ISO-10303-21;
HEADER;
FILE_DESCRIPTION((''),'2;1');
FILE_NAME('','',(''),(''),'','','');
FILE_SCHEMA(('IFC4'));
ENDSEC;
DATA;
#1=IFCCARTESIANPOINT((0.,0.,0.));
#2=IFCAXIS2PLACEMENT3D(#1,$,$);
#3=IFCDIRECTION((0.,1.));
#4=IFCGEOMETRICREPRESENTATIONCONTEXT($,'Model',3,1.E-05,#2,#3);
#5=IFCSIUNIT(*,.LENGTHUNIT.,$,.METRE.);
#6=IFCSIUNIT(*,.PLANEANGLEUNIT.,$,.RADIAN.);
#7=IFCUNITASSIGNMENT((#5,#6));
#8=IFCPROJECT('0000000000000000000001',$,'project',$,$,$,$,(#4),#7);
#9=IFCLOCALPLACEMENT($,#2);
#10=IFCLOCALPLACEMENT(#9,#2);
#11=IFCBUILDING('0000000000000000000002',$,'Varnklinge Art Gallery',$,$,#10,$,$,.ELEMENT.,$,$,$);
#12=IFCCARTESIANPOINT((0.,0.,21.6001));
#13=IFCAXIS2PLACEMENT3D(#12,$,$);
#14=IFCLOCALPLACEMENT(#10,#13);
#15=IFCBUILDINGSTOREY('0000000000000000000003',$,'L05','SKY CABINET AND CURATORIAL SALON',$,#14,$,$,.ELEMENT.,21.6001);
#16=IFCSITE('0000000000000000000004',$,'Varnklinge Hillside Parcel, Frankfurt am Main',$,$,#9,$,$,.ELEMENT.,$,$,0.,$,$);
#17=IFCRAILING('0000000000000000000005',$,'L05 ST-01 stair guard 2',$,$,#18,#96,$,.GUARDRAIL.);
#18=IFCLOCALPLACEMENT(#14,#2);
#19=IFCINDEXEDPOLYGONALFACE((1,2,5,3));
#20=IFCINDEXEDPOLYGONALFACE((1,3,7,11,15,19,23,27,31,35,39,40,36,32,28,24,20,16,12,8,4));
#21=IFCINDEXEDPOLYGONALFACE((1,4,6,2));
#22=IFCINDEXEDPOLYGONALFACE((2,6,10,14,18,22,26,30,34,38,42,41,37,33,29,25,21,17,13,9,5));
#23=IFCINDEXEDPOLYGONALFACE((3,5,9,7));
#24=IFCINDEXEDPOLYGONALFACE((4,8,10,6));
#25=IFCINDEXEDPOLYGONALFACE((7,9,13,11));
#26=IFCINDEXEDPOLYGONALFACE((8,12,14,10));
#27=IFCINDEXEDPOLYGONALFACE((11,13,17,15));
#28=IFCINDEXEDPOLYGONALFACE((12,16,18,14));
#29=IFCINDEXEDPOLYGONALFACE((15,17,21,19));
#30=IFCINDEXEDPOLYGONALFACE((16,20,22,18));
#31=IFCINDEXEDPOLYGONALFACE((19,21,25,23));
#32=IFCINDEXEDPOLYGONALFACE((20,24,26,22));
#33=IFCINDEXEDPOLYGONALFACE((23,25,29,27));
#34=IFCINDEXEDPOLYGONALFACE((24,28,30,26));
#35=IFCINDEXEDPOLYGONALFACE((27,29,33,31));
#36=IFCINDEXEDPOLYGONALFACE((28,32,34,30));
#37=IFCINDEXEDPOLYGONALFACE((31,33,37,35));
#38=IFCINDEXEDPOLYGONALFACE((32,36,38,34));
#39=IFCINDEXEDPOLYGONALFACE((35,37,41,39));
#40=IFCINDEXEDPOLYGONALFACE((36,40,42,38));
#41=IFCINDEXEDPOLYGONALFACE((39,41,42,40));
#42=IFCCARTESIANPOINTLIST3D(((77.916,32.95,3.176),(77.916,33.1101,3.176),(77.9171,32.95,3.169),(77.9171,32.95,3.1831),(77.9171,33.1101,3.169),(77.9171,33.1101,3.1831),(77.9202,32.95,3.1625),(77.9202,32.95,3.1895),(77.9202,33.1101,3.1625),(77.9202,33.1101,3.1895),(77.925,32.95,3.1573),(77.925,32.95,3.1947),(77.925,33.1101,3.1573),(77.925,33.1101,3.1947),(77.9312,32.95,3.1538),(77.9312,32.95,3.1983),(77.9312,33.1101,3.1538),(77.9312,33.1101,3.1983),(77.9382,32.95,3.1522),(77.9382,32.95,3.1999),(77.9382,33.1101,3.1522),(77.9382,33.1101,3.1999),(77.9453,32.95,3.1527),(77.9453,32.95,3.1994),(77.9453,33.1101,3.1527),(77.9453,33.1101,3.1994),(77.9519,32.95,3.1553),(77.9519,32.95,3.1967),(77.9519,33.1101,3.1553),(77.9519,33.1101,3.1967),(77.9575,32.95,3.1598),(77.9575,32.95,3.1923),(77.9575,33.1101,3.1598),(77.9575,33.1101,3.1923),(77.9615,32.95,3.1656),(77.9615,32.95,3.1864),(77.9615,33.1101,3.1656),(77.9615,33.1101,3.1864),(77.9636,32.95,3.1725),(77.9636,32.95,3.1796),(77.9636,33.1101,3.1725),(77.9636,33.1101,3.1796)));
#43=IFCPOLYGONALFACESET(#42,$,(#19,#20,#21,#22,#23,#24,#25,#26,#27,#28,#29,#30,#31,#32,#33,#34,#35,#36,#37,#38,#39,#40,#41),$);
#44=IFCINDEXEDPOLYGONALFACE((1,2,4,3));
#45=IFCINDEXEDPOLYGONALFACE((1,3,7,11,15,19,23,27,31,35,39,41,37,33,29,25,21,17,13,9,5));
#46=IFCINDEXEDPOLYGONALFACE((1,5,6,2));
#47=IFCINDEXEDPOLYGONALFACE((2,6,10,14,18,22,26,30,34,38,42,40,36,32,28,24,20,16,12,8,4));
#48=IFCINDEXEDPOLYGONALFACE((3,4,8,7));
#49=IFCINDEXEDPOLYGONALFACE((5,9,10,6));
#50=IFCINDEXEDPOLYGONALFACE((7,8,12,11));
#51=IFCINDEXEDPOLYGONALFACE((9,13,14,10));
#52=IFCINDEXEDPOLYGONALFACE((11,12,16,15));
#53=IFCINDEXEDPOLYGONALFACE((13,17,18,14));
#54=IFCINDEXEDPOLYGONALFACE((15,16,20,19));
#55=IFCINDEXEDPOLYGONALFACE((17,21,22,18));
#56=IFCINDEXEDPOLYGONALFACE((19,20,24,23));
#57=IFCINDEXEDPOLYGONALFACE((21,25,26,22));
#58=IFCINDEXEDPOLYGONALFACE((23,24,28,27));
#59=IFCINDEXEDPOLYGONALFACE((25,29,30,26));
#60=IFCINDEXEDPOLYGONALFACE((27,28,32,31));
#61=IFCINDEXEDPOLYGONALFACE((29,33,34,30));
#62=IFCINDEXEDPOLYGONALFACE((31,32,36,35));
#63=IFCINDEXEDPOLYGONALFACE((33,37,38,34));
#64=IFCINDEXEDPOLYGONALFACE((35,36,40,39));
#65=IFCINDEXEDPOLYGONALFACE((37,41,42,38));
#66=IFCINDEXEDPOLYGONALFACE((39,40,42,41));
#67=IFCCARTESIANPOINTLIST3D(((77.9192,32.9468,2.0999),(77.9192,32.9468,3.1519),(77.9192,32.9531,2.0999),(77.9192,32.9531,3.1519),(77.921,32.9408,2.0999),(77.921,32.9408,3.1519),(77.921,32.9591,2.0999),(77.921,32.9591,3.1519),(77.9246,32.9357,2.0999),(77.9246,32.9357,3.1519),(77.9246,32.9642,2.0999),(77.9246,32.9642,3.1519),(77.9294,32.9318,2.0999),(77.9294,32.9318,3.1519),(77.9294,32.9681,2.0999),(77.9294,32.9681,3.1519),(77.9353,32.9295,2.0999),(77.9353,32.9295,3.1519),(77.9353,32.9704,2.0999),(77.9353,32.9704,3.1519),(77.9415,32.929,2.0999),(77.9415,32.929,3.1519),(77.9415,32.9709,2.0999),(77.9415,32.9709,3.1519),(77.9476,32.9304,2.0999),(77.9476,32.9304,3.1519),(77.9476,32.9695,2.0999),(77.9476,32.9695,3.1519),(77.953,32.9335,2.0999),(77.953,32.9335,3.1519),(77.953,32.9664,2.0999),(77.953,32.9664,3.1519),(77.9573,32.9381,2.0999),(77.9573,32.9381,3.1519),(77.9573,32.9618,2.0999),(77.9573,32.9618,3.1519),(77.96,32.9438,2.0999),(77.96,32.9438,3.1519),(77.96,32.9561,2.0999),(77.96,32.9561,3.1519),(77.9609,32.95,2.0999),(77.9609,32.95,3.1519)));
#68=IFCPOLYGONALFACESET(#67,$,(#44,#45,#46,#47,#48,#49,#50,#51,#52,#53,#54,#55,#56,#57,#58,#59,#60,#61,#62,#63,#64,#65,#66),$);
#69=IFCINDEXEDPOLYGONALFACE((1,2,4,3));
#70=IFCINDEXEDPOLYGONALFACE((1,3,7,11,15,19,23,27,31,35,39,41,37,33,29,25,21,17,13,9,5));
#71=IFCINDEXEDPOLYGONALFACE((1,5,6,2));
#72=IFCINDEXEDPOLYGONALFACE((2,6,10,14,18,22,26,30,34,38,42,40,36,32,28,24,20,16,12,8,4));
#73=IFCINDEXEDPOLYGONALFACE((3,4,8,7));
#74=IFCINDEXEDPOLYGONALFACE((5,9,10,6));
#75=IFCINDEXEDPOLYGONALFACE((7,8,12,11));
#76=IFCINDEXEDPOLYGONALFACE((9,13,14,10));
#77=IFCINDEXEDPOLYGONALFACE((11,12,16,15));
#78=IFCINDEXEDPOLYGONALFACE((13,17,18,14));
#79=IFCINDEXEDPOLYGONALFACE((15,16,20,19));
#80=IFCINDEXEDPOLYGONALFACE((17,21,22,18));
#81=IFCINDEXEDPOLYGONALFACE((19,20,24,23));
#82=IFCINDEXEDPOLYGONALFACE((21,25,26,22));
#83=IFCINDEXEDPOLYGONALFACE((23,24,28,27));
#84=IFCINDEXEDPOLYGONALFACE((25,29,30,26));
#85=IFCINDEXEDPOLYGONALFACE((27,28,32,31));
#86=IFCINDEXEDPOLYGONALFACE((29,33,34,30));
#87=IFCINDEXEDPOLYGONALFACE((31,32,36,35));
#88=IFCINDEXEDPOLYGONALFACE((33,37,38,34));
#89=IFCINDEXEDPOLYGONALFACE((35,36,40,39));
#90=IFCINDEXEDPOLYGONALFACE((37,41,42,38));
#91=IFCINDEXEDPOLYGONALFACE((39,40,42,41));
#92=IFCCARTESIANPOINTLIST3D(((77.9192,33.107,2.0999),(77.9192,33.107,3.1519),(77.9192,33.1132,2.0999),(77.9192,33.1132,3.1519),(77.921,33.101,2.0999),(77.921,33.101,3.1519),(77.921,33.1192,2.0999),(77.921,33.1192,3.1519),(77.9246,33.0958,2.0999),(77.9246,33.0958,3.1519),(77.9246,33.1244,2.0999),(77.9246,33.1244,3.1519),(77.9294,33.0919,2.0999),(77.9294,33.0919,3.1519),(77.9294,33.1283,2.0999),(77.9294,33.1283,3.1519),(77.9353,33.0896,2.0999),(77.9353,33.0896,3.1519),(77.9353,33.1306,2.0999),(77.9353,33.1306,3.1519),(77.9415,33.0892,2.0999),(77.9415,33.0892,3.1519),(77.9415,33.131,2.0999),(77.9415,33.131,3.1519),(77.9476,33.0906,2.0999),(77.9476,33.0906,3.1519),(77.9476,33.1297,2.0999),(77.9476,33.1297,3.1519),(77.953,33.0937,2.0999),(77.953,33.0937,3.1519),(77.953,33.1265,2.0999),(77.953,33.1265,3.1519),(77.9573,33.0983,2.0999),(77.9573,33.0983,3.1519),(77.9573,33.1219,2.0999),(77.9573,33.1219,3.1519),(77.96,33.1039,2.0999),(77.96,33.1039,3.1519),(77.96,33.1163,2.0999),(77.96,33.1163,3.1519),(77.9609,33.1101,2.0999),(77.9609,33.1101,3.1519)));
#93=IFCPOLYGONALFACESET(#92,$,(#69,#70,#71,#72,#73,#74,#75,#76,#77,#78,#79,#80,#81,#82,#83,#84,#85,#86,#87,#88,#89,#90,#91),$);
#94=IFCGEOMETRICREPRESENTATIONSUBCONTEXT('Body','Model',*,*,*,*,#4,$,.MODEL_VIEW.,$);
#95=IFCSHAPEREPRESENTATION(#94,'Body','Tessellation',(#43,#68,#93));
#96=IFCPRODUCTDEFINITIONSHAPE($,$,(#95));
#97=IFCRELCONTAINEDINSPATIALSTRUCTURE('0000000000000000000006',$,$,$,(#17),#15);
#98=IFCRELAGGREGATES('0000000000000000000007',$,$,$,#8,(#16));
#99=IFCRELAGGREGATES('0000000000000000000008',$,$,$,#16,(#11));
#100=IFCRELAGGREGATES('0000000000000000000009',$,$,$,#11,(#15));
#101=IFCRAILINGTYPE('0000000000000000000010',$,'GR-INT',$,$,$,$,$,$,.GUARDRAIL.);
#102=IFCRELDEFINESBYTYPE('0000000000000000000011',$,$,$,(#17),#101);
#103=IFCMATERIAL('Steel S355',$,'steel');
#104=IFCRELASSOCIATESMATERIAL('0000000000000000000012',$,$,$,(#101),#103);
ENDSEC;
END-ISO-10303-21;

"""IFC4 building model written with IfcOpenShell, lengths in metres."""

from ifc_helpers import new_model, si_unit, direction, frame, origin, origin_2d, place, context, subcontext, project, spatial, circle, extrude, material, type_object, element, save


model = new_model("IFC4")

# Units and contexts
model_context = context("Model", 3, precision=1e-05, world=origin(), true_north=direction((0.0, 1.0)))
body_context = subcontext(model_context, "Body", "Model", "MODEL_VIEW")
ifc_project = project(units=[si_unit("LENGTHUNIT", "METRE"), si_unit("PLANEANGLEUNIT", "RADIAN")], contexts=[model_context])

# Site, building, storey
site_placement = place(None, origin())
site = spatial("IfcSite", under=ifc_project, at=site_placement, Name="Varnklinge Hillside Parcel, Frankfurt am Main", CompositionType="ELEMENT", RefElevation=0.0)
building_placement = place(site_placement, origin())
building = spatial("IfcBuilding", under=site, at=building_placement, Name="Varnklinge Art Gallery", CompositionType="ELEMENT")
storey_placement = place(building_placement, frame((0.0, 0.0, 21.6001)))
storey = spatial("IfcBuildingStorey", under=building, at=storey_placement, Name="L05", Description="SKY CABINET AND CURATORIAL SALON", CompositionType="ELEMENT", Elevation=21.6001)

# Railing
ifc_material_1 = material(Name="Steel S355", Category="steel")
railing_type_1 = type_object("IfcRailingType", Name="GR-INT", PredefinedType="GUARDRAIL", material=ifc_material_1)
railing_1_placement = place(storey_placement, frame((77.9399, 32.95, 2.0999)))
element("IfcRailing", 1, at=railing_1_placement, inside=storey, type_object=railing_type_1, Name="L05 ST-01 stair guard 2", PredefinedType="GUARDRAIL", context=body_context, shape_type="SweptSolid", body=[
    extrude(circle(Radius=0.0239, at=origin_2d()), frame((0.0, 0.0, 1.0762), z_axis=(0.0, 1.0, 0.0), x_axis=(-1.0, 0.0, 0.0)), (0.0, 0.0, 1.0), 0.1602),
    extrude(circle(Radius=0.021, at=origin_2d()), origin(), (0.0, 0.0, 1.0), 1.052),
    extrude(circle(Radius=0.021, at=origin_2d()), frame((0.0, 0.1602, 0.0)), (0.0, 0.0, 1.0), 1.052),
])

save(model, "model.ifc")
